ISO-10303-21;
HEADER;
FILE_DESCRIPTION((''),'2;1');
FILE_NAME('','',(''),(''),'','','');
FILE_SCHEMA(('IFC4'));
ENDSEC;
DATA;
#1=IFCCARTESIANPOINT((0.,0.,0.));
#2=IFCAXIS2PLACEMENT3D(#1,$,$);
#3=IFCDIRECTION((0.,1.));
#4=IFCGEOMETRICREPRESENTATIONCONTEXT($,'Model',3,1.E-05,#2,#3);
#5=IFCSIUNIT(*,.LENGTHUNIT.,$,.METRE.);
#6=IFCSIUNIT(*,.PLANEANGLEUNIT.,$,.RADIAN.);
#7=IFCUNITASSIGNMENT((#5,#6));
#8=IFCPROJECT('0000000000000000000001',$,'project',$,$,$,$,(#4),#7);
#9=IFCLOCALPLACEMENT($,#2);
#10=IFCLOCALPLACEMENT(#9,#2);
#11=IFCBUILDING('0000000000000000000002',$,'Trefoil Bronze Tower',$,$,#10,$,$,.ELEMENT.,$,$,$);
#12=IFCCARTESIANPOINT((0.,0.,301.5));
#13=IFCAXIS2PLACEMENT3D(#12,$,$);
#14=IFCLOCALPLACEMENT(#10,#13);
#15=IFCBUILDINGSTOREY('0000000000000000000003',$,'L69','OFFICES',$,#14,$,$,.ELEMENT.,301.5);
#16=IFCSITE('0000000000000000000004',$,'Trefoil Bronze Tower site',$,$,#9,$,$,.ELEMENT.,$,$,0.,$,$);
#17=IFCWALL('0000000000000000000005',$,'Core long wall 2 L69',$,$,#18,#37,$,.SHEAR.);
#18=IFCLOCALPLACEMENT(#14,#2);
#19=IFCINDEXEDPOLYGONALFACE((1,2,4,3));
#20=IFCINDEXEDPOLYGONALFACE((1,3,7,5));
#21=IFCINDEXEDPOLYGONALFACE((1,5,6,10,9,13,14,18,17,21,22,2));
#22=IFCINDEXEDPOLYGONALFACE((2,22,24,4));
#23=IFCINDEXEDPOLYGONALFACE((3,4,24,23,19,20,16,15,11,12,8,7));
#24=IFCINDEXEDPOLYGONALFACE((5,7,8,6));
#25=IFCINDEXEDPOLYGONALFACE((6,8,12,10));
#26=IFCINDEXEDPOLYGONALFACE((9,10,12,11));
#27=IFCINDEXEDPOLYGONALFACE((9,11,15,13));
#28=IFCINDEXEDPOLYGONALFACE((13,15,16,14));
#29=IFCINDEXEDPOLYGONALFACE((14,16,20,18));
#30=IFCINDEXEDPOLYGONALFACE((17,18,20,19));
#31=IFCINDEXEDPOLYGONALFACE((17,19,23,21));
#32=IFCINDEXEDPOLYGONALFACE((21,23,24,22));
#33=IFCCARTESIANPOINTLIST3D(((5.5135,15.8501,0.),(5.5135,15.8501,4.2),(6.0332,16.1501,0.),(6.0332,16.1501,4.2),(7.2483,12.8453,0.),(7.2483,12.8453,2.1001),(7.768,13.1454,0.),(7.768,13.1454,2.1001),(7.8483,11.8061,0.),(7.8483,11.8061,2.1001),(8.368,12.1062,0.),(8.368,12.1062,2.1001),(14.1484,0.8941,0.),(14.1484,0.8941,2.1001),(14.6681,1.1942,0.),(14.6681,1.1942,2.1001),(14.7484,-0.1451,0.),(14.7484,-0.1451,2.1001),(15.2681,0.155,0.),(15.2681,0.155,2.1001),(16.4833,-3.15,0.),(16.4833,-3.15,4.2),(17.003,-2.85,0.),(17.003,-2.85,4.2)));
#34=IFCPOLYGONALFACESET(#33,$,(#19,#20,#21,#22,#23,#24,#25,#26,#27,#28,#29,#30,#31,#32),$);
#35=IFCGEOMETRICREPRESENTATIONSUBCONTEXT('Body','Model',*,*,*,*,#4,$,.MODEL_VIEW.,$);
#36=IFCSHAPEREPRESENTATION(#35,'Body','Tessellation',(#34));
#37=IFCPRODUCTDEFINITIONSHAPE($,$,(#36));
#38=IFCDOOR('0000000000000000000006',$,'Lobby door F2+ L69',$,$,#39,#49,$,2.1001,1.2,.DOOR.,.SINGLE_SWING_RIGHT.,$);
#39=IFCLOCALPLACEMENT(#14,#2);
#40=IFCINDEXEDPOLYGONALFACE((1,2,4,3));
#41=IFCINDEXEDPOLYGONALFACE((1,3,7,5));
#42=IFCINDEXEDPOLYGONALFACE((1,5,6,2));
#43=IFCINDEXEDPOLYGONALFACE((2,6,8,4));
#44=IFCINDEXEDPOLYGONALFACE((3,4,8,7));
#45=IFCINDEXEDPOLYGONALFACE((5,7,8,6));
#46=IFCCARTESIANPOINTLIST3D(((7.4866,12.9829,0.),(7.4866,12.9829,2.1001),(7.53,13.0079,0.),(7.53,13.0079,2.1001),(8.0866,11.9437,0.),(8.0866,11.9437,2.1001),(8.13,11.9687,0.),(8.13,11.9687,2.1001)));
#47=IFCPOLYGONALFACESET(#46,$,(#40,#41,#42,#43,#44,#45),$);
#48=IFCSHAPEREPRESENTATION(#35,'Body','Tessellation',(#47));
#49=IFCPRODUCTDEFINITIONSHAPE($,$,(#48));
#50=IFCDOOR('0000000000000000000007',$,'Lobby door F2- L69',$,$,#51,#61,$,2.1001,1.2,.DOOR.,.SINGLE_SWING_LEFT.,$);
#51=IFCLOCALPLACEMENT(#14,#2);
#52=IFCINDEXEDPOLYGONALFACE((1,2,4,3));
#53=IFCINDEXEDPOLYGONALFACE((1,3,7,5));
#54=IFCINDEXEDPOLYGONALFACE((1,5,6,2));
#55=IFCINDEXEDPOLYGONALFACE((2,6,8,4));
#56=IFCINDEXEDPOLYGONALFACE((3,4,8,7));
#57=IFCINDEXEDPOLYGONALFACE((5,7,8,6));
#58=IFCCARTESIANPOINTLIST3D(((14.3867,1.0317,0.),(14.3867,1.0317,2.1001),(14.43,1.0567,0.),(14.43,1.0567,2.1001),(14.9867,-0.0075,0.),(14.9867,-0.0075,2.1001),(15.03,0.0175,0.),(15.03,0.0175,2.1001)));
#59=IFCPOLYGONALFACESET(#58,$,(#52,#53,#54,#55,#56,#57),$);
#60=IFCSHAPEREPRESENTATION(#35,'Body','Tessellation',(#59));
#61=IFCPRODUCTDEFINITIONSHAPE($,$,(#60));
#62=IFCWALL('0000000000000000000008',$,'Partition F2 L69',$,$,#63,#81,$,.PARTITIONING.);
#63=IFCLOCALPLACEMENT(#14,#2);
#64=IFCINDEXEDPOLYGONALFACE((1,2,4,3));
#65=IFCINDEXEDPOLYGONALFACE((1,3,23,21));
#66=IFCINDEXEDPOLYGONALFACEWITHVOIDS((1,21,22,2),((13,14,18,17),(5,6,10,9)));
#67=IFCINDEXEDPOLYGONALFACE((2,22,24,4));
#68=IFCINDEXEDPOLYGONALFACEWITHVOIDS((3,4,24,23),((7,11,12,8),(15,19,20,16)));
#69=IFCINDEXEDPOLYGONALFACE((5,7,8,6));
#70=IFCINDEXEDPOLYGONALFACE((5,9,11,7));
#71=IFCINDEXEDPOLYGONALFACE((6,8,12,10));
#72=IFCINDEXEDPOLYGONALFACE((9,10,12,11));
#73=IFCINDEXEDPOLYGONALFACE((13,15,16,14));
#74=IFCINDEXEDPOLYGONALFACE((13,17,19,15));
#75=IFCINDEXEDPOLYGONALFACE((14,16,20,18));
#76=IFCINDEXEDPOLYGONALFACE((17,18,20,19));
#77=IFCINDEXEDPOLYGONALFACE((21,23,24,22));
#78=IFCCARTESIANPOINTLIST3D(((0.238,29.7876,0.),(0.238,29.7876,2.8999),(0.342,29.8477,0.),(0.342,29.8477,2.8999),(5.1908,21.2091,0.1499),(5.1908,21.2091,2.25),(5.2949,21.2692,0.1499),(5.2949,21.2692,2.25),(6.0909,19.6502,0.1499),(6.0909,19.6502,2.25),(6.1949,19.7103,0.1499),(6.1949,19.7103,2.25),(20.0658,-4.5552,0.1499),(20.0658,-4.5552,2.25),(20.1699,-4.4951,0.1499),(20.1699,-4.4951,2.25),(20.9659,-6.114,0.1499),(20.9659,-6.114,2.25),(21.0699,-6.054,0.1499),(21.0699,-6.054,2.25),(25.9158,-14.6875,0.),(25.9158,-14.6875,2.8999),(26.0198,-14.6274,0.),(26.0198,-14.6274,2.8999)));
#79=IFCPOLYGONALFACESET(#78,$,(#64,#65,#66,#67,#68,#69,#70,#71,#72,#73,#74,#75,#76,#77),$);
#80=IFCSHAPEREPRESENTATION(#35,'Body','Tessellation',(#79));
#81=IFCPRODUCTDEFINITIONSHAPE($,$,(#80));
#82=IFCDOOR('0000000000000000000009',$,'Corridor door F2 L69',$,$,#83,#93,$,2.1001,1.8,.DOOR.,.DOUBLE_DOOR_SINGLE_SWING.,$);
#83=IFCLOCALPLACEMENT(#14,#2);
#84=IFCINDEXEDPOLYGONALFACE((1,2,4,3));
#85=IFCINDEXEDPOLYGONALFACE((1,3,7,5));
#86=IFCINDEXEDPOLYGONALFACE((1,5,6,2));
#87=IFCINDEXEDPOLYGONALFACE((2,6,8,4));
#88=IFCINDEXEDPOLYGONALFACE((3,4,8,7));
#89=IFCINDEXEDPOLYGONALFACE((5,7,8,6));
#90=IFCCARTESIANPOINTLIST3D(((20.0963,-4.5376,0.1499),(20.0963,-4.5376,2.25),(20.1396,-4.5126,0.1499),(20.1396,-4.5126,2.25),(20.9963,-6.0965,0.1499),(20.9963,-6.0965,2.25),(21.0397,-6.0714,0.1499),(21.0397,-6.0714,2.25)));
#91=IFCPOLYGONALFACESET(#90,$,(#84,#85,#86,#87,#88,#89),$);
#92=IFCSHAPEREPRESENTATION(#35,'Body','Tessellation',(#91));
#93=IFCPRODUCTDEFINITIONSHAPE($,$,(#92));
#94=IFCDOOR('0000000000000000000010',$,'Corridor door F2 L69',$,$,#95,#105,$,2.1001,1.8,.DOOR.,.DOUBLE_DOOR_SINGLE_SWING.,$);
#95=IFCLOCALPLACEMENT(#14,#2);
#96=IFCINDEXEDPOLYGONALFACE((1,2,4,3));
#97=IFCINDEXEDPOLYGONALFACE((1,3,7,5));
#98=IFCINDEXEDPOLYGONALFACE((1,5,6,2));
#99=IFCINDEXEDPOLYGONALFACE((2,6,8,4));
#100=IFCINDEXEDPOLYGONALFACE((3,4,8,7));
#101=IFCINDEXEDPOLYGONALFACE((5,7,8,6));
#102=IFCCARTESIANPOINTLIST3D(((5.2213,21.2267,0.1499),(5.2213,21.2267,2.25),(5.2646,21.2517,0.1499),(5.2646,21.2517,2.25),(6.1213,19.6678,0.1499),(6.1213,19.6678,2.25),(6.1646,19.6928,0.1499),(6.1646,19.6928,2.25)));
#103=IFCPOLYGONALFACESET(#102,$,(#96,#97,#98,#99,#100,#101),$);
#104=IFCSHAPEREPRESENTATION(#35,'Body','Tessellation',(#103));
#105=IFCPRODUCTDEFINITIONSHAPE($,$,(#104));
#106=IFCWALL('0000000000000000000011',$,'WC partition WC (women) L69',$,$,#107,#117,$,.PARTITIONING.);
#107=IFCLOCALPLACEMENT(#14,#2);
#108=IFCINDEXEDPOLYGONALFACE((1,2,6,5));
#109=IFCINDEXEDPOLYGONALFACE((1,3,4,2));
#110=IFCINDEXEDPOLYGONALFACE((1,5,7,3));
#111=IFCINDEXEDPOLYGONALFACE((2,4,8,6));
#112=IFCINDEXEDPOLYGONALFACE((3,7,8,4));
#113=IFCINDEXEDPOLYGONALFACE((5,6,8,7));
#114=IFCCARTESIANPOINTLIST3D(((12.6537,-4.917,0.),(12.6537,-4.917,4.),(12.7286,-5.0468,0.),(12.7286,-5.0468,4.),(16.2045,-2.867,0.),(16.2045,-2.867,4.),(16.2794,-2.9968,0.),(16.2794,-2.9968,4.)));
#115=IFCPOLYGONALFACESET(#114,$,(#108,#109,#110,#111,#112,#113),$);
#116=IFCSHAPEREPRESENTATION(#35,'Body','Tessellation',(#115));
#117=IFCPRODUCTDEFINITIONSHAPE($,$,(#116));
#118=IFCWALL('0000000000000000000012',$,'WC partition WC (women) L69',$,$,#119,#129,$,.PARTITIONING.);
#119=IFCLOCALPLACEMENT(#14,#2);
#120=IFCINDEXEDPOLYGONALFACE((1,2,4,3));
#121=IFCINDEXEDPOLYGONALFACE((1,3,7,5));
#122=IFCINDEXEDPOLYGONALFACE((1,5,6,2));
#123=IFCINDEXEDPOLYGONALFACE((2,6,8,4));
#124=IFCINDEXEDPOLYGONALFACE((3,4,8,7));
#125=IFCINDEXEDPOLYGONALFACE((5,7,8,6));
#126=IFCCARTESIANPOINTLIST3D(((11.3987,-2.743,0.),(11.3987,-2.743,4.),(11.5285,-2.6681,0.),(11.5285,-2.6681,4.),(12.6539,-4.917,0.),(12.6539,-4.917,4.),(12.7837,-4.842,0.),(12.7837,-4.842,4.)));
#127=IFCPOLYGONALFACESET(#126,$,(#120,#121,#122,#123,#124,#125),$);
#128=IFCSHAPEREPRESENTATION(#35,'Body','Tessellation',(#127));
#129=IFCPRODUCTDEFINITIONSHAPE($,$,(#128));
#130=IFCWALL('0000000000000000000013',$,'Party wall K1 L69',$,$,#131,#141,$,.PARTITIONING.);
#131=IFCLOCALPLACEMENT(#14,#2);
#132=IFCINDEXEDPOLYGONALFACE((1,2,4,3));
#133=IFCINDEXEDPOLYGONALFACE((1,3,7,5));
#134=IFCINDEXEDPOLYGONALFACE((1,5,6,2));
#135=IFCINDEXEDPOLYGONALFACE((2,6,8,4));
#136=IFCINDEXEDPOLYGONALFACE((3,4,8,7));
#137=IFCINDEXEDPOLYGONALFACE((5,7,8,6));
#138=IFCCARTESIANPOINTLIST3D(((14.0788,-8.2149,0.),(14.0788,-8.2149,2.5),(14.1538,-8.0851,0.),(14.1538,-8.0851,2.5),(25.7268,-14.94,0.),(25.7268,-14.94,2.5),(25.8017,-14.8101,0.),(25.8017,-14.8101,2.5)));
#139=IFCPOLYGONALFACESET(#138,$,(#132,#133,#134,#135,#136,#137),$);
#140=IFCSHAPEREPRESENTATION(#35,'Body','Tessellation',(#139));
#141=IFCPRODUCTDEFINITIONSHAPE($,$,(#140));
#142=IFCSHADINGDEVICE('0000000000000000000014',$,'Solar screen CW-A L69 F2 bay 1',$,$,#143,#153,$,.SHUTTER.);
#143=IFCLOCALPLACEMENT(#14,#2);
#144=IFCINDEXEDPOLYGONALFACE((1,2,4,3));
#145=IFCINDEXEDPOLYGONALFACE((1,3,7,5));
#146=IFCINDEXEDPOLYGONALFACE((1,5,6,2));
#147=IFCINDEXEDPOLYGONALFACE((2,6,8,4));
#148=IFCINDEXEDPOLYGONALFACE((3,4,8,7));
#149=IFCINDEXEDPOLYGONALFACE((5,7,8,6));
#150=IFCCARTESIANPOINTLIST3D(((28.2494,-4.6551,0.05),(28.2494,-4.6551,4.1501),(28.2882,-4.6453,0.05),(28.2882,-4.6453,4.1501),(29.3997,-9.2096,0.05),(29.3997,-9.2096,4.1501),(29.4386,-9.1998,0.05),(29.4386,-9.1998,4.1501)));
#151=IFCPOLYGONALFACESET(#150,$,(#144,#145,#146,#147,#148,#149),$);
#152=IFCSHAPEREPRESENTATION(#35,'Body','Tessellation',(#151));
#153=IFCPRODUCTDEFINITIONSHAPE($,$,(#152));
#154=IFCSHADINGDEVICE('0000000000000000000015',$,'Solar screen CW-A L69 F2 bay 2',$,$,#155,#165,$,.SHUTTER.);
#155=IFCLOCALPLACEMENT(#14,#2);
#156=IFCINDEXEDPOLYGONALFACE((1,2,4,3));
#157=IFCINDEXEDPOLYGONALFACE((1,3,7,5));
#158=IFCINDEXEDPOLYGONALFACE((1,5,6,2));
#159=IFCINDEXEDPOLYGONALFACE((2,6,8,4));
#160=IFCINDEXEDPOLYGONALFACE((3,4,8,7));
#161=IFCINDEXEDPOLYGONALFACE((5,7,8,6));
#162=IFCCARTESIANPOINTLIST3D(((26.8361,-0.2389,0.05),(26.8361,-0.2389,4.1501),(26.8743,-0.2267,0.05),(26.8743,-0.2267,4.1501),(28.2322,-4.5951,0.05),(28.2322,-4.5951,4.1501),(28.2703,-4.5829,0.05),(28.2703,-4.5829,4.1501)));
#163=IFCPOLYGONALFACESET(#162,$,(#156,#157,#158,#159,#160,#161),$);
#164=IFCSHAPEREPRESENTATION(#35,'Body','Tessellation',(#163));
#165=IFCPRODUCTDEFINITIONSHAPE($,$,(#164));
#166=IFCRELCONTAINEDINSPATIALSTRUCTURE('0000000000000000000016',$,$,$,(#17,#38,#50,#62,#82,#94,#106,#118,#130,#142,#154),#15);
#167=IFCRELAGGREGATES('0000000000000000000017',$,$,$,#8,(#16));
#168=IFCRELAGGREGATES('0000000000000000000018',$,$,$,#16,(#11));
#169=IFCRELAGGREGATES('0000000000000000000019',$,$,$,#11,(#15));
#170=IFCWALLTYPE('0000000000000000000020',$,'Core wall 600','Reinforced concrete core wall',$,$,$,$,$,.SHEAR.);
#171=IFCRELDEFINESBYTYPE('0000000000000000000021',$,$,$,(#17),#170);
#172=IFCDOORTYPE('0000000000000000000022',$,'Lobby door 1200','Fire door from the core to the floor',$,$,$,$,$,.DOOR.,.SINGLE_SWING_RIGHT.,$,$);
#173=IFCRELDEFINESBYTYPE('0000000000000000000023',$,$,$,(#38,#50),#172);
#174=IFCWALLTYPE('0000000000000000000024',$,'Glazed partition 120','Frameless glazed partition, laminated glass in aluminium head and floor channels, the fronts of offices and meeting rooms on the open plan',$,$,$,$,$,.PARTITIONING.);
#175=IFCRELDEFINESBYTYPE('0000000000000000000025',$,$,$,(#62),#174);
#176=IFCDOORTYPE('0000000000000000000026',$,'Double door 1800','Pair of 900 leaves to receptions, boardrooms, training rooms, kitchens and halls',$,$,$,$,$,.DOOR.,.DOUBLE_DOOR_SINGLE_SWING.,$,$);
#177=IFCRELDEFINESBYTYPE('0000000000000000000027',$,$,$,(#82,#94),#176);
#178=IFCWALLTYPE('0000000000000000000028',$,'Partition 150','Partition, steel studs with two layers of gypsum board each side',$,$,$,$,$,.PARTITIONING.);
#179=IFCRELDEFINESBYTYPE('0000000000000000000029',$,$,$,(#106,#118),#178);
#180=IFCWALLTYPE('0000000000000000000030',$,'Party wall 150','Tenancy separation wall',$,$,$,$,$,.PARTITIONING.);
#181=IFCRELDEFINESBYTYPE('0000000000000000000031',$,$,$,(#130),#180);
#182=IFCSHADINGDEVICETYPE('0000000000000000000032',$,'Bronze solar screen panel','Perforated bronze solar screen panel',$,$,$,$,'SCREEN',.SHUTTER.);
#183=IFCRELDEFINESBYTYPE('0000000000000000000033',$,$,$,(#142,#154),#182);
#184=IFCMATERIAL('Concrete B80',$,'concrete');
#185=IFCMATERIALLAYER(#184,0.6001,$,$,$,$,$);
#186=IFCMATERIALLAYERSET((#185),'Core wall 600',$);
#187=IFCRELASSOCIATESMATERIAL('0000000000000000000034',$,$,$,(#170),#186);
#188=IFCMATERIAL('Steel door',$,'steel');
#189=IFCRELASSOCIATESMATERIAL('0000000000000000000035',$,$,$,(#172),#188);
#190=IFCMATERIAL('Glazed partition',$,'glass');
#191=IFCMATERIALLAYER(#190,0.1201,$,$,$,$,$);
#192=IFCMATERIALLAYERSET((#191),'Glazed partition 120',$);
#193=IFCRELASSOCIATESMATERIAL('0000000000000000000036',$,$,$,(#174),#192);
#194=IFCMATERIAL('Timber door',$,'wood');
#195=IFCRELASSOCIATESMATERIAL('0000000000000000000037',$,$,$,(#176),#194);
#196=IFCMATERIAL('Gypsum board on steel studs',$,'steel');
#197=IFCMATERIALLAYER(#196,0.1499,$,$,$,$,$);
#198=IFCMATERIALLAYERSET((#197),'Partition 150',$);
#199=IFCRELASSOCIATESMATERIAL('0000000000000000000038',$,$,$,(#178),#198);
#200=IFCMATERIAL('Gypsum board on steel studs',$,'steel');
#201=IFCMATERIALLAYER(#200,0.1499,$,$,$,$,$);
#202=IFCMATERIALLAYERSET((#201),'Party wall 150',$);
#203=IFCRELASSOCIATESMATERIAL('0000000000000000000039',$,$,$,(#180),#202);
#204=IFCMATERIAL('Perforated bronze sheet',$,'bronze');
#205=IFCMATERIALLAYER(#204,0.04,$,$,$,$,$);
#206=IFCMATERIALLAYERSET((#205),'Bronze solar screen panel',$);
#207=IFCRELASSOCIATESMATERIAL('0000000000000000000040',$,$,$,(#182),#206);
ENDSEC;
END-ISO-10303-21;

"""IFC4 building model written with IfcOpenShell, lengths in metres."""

from ifc_helpers import new_model, si_unit, direction, frame, frame_2d, origin, origin_2d, place, context, subcontext, project, spatial, rectangle, extrude, material, layer, layer_set, type_object, element, fill, save


model = new_model("IFC4")

# Units and contexts
model_context = context("Model", 3, precision=1e-05, world=origin(), true_north=direction((0.0, 1.0)))
body_context = subcontext(model_context, "Body", "Model", "MODEL_VIEW")
ifc_project = project(units=[si_unit("LENGTHUNIT", "METRE"), si_unit("PLANEANGLEUNIT", "RADIAN")], contexts=[model_context])

# Site, building, storey
site_placement = place(None, origin())
site = spatial("IfcSite", under=ifc_project, at=site_placement, Name="Trefoil Bronze Tower site", CompositionType="ELEMENT", RefElevation=0.0)
building_placement = place(site_placement, origin())
building = spatial("IfcBuilding", under=site, at=building_placement, Name="Trefoil Bronze Tower", CompositionType="ELEMENT")
storey_placement = place(building_placement, frame((0.0, 0.0, 301.5)))
storey = spatial("IfcBuildingStorey", under=building, at=storey_placement, Name="L69", Description="OFFICES", CompositionType="ELEMENT", Elevation=301.5)

# Walls, openings, doors
ifc_material_1 = material(Name="Concrete B80", Category="concrete")
ifc_layer_1 = layer(ifc_material_1, 0.6001)
ifc_layer_set_1 = layer_set([ifc_layer_1], Name="Core wall 600")
wall_type_1 = type_object("IfcWallType", Name="Core wall 600", Description="Reinforced concrete core wall", PredefinedType="SHEAR", material=ifc_layer_set_1)
wall_1_placement = place(storey_placement, frame((16.7432, -3.0, 0.0), z_axis=(0.0, 0.0, 1.0), x_axis=(-0.500002, 0.866024, 0.0)))
wall_1 = element("IfcWall", 1, at=wall_1_placement, inside=storey, type_object=wall_type_1, Name="Core long wall 2 L69", PredefinedType="SHEAR", context=body_context, shape_type="SweptSolid", body=[
    extrude(rectangle(XDim=21.9395, YDim=0.6001, at=frame_2d((10.9697, 0.0))), origin(), (0.0, 0.0, 1.0), 4.2),
])
opening_1_placement = place(wall_1_placement, frame((17.2698, 0.0, 0.0)))
opening_1 = element("IfcOpeningElement", 2, at=opening_1_placement, cuts=wall_1, PredefinedType="OPENING", context=body_context, shape_type="SweptSolid", body=[
    extrude(rectangle(XDim=1.2, YDim=2.1001, at=frame_2d((0.6001, 1.05))), frame((0.0, 0.3101, 0.0), z_axis=(0.0, -1.0, 0.0), x_axis=(1.0, 0.0, 0.0)), (0.0, 0.0, 1.0), 0.6201),
])
opening_2_placement = place(wall_1_placement, frame((3.4697, 0.0, 0.0)))
opening_2 = element("IfcOpeningElement", 3, at=opening_2_placement, cuts=wall_1, PredefinedType="OPENING", context=body_context, shape_type="SweptSolid", body=[
    extrude(rectangle(XDim=1.2, YDim=2.1001, at=frame_2d((0.6001, 1.05))), frame((0.0, 0.3101, 0.0), z_axis=(0.0, -1.0, 0.0), x_axis=(1.0, 0.0, 0.0)), (0.0, 0.0, 1.0), 0.6201),
])
ifc_material_2 = material(Name="Steel door", Category="steel")
door_type_1 = type_object("IfcDoorType", Name="Lobby door 1200", Description="Fire door from the core to the floor", OperationType="SINGLE_SWING_RIGHT", PredefinedType="DOOR", material=ifc_material_2)
door_1_placement = place(opening_1_placement, origin())
door_1 = element("IfcDoor", 4, at=door_1_placement, inside=storey, type_object=door_type_1, Name="Lobby door F2+ L69", OperationType="SINGLE_SWING_RIGHT", OverallHeight=2.1001, OverallWidth=1.2, PredefinedType="DOOR", context=body_context, shape_type="SweptSolid", body=[
    extrude(rectangle(XDim=1.2, YDim=2.1001, at=frame_2d((0.6001, 1.05))), frame((0.0, 0.0249, 0.0), z_axis=(0.0, -1.0, 0.0), x_axis=(1.0, 0.0, 0.0)), (0.0, 0.0, 1.0), 0.05),
])
fill(opening_1, door_1)
door_2_placement = place(opening_2_placement, origin())
door_2 = element("IfcDoor", 5, at=door_2_placement, inside=storey, type_object=door_type_1, Name="Lobby door F2- L69", OperationType="SINGLE_SWING_LEFT", OverallHeight=2.1001, OverallWidth=1.2, PredefinedType="DOOR", context=body_context, shape_type="SweptSolid", body=[
    extrude(rectangle(XDim=1.2, YDim=2.1001, at=frame_2d((0.6001, 1.05))), frame((0.0, 0.0249, 0.0), z_axis=(0.0, -1.0, 0.0), x_axis=(1.0, 0.0, 0.0)), (0.0, 0.0, 1.0), 0.05),
])
fill(opening_2, door_2)
ifc_material_3 = material(Name="Glazed partition", Category="glass")
ifc_layer_2 = layer(ifc_material_3, 0.1201)
ifc_layer_set_2 = layer_set([ifc_layer_2], Name="Glazed partition 120")
wall_type_2 = type_object("IfcWallType", Name="Glazed partition 120", Description="Frameless glazed partition, laminated glass in aluminium head and floor channels, the fronts of offices and meeting rooms on the open plan", PredefinedType="PARTITIONING", material=ifc_layer_set_2)
wall_2_placement = place(storey_placement, frame((25.9678, -14.6575, 0.0), z_axis=(0.0, 0.0, 1.0), x_axis=(-0.5, 0.866025, 0.0)))
wall_2 = element("IfcWall", 6, at=wall_2_placement, inside=storey, type_object=wall_type_2, Name="Partition F2 L69", PredefinedType="PARTITIONING", context=body_context, shape_type="SweptSolid", body=[
    extrude(rectangle(XDim=51.3555, YDim=0.1201, at=frame_2d((25.6777, 0.0))), origin(), (0.0, 0.0, 1.0), 2.8999),
])
opening_3_placement = place(wall_2_placement, frame((9.8999, 0.0, 0.1499)))
opening_3 = element("IfcOpeningElement", 7, at=opening_3_placement, cuts=wall_2, PredefinedType="OPENING", context=body_context, shape_type="SweptSolid", body=[
    extrude(rectangle(XDim=1.8, YDim=2.1001, at=frame_2d((0.8999, 1.05))), frame((0.0, 0.0701, 0.0), z_axis=(0.0, -1.0, 0.0), x_axis=(1.0, 0.0, 0.0)), (0.0, 0.0, 1.0), 0.1401),
])
opening_4_placement = place(wall_2_placement, frame((39.6499, 0.0, 0.1499)))
opening_4 = element("IfcOpeningElement", 8, at=opening_4_placement, cuts=wall_2, PredefinedType="OPENING", context=body_context, shape_type="SweptSolid", body=[
    extrude(rectangle(XDim=1.8, YDim=2.1001, at=frame_2d((0.8999, 1.05))), frame((0.0, 0.0701, 0.0), z_axis=(0.0, -1.0, 0.0), x_axis=(1.0, 0.0, 0.0)), (0.0, 0.0, 1.0), 0.1401),
])
ifc_material_4 = material(Name="Timber door", Category="wood")
door_type_2 = type_object("IfcDoorType", Name="Double door 1800", Description="Pair of 900 leaves to receptions, boardrooms, training rooms, kitchens and halls", OperationType="DOUBLE_DOOR_SINGLE_SWING", PredefinedType="DOOR", material=ifc_material_4)
door_3_placement = place(opening_3_placement, origin())
door_3 = element("IfcDoor", 9, at=door_3_placement, inside=storey, type_object=door_type_2, Name="Corridor door F2 L69", OperationType="DOUBLE_DOOR_SINGLE_SWING", OverallHeight=2.1001, OverallWidth=1.8, PredefinedType="DOOR", context=body_context, shape_type="SweptSolid", body=[
    extrude(rectangle(XDim=1.8, YDim=2.1001, at=frame_2d((0.8999, 1.05))), frame((0.0, 0.0249, 0.0), z_axis=(0.0, -1.0, 0.0), x_axis=(1.0, 0.0, 0.0)), (0.0, 0.0, 1.0), 0.05),
])
fill(opening_3, door_3)
door_4_placement = place(opening_4_placement, origin())
door_4 = element("IfcDoor", 10, at=door_4_placement, inside=storey, type_object=door_type_2, Name="Corridor door F2 L69", OperationType="DOUBLE_DOOR_SINGLE_SWING", OverallHeight=2.1001, OverallWidth=1.8, PredefinedType="DOOR", context=body_context, shape_type="SweptSolid", body=[
    extrude(rectangle(XDim=1.8, YDim=2.1001, at=frame_2d((0.8999, 1.05))), frame((0.0, 0.0249, 0.0), z_axis=(0.0, -1.0, 0.0), x_axis=(1.0, 0.0, 0.0)), (0.0, 0.0, 1.0), 0.05),
])
fill(opening_4, door_4)

# Walls
ifc_material_5 = material(Name="Gypsum board on steel studs", Category="steel")
ifc_layer_3 = layer(ifc_material_5, 0.1499)
ifc_layer_set_3 = layer_set([ifc_layer_3], Name="Partition 150")
wall_type_3 = type_object("IfcWallType", Name="Partition 150", Description="Partition, steel studs with two layers of gypsum board each side", PredefinedType="PARTITIONING", material=ifc_layer_set_3)
wall_3_placement = place(storey_placement, frame((12.6912, -4.9819, 0.0), z_axis=(0.0, 0.0, 1.0), x_axis=(0.866025, 0.500001, 0.0)))
element("IfcWall", 11, at=wall_3_placement, inside=storey, type_object=wall_type_3, Name="WC partition WC (women) L69", PredefinedType="PARTITIONING", context=body_context, shape_type="SweptSolid", body=[
    extrude(rectangle(XDim=4.1001, YDim=0.1499, at=frame_2d((2.05, 0.0))), origin(), (0.0, 0.0, 1.0), 4.0),
])
wall_4_placement = place(storey_placement, frame((11.4636, -2.7056, 0.0), z_axis=(0.0, 0.0, 1.0), x_axis=(0.50002, -0.866014, 0.0)))
element("IfcWall", 12, at=wall_4_placement, inside=storey, type_object=wall_type_3, Name="WC partition WC (women) L69", PredefinedType="PARTITIONING", context=body_context, shape_type="SweptSolid", body=[
    extrude(rectangle(XDim=2.5103, YDim=0.1499, at=frame_2d((1.2551, 0.0))), origin(), (0.0, 0.0, 1.0), 4.0),
])
ifc_material_6 = material(Name="Gypsum board on steel studs", Category="steel")
ifc_layer_4 = layer(ifc_material_6, 0.1499)
ifc_layer_set_4 = layer_set([ifc_layer_4], Name="Party wall 150")
wall_type_4 = type_object("IfcWallType", Name="Party wall 150", Description="Tenancy separation wall", PredefinedType="PARTITIONING", material=ifc_layer_set_4)
wall_5_placement = place(storey_placement, frame((14.1162, -8.1499, 0.0), z_axis=(0.0, 0.0, 1.0), x_axis=(0.866021, -0.500008, 0.0)))
element("IfcWall", 13, at=wall_5_placement, inside=storey, type_object=wall_type_4, Name="Party wall K1 L69", PredefinedType="PARTITIONING", context=body_context, shape_type="SweptSolid", body=[
    extrude(rectangle(XDim=13.45, YDim=0.1499, at=frame_2d((6.7251, 0.0))), origin(), (0.0, 0.0, 1.0), 2.5),
])

# Shading devices
ifc_material_7 = material(Name="Perforated bronze sheet", Category="bronze")
ifc_layer_5 = layer(ifc_material_7, 0.04)
ifc_layer_set_5 = layer_set([ifc_layer_5], Name="Bronze solar screen panel")
shading_device_type = type_object("IfcShadingDeviceType", Name="Bronze solar screen panel", Description="Perforated bronze solar screen panel", ElementType="SCREEN", PredefinedType="SHUTTER", material=ifc_layer_set_5)
shading_device_1_placement = place(storey_placement, frame((28.844, -6.9275, 0.05), z_axis=(0.0, 0.0, 1.0), x_axis=(-0.24488, 0.969554, 0.0)))
element("IfcShadingDevice", 14, at=shading_device_1_placement, inside=storey, type_object=shading_device_type, Name="Solar screen CW-A L69 F2 bay 1", PredefinedType="SHUTTER", context=body_context, shape_type="SweptSolid", body=[
    extrude(rectangle(XDim=4.6975, YDim=0.04, at=origin_2d()), origin(), (0.0, 0.0, 1.0), 4.1001),
])
shading_device_2_placement = place(storey_placement, frame((27.5532, -2.4109, 0.05), z_axis=(0.0, 0.0, 1.0), x_axis=(-0.305188, 0.952292, 0.0)))
element("IfcShadingDevice", 15, at=shading_device_2_placement, inside=storey, type_object=shading_device_type, Name="Solar screen CW-A L69 F2 bay 2", PredefinedType="SHUTTER", context=body_context, shape_type="SweptSolid", body=[
    extrude(rectangle(XDim=4.5745, YDim=0.04, at=origin_2d()), origin(), (0.0, 0.0, 1.0), 4.1001),
])

save(model, "model.ifc")
